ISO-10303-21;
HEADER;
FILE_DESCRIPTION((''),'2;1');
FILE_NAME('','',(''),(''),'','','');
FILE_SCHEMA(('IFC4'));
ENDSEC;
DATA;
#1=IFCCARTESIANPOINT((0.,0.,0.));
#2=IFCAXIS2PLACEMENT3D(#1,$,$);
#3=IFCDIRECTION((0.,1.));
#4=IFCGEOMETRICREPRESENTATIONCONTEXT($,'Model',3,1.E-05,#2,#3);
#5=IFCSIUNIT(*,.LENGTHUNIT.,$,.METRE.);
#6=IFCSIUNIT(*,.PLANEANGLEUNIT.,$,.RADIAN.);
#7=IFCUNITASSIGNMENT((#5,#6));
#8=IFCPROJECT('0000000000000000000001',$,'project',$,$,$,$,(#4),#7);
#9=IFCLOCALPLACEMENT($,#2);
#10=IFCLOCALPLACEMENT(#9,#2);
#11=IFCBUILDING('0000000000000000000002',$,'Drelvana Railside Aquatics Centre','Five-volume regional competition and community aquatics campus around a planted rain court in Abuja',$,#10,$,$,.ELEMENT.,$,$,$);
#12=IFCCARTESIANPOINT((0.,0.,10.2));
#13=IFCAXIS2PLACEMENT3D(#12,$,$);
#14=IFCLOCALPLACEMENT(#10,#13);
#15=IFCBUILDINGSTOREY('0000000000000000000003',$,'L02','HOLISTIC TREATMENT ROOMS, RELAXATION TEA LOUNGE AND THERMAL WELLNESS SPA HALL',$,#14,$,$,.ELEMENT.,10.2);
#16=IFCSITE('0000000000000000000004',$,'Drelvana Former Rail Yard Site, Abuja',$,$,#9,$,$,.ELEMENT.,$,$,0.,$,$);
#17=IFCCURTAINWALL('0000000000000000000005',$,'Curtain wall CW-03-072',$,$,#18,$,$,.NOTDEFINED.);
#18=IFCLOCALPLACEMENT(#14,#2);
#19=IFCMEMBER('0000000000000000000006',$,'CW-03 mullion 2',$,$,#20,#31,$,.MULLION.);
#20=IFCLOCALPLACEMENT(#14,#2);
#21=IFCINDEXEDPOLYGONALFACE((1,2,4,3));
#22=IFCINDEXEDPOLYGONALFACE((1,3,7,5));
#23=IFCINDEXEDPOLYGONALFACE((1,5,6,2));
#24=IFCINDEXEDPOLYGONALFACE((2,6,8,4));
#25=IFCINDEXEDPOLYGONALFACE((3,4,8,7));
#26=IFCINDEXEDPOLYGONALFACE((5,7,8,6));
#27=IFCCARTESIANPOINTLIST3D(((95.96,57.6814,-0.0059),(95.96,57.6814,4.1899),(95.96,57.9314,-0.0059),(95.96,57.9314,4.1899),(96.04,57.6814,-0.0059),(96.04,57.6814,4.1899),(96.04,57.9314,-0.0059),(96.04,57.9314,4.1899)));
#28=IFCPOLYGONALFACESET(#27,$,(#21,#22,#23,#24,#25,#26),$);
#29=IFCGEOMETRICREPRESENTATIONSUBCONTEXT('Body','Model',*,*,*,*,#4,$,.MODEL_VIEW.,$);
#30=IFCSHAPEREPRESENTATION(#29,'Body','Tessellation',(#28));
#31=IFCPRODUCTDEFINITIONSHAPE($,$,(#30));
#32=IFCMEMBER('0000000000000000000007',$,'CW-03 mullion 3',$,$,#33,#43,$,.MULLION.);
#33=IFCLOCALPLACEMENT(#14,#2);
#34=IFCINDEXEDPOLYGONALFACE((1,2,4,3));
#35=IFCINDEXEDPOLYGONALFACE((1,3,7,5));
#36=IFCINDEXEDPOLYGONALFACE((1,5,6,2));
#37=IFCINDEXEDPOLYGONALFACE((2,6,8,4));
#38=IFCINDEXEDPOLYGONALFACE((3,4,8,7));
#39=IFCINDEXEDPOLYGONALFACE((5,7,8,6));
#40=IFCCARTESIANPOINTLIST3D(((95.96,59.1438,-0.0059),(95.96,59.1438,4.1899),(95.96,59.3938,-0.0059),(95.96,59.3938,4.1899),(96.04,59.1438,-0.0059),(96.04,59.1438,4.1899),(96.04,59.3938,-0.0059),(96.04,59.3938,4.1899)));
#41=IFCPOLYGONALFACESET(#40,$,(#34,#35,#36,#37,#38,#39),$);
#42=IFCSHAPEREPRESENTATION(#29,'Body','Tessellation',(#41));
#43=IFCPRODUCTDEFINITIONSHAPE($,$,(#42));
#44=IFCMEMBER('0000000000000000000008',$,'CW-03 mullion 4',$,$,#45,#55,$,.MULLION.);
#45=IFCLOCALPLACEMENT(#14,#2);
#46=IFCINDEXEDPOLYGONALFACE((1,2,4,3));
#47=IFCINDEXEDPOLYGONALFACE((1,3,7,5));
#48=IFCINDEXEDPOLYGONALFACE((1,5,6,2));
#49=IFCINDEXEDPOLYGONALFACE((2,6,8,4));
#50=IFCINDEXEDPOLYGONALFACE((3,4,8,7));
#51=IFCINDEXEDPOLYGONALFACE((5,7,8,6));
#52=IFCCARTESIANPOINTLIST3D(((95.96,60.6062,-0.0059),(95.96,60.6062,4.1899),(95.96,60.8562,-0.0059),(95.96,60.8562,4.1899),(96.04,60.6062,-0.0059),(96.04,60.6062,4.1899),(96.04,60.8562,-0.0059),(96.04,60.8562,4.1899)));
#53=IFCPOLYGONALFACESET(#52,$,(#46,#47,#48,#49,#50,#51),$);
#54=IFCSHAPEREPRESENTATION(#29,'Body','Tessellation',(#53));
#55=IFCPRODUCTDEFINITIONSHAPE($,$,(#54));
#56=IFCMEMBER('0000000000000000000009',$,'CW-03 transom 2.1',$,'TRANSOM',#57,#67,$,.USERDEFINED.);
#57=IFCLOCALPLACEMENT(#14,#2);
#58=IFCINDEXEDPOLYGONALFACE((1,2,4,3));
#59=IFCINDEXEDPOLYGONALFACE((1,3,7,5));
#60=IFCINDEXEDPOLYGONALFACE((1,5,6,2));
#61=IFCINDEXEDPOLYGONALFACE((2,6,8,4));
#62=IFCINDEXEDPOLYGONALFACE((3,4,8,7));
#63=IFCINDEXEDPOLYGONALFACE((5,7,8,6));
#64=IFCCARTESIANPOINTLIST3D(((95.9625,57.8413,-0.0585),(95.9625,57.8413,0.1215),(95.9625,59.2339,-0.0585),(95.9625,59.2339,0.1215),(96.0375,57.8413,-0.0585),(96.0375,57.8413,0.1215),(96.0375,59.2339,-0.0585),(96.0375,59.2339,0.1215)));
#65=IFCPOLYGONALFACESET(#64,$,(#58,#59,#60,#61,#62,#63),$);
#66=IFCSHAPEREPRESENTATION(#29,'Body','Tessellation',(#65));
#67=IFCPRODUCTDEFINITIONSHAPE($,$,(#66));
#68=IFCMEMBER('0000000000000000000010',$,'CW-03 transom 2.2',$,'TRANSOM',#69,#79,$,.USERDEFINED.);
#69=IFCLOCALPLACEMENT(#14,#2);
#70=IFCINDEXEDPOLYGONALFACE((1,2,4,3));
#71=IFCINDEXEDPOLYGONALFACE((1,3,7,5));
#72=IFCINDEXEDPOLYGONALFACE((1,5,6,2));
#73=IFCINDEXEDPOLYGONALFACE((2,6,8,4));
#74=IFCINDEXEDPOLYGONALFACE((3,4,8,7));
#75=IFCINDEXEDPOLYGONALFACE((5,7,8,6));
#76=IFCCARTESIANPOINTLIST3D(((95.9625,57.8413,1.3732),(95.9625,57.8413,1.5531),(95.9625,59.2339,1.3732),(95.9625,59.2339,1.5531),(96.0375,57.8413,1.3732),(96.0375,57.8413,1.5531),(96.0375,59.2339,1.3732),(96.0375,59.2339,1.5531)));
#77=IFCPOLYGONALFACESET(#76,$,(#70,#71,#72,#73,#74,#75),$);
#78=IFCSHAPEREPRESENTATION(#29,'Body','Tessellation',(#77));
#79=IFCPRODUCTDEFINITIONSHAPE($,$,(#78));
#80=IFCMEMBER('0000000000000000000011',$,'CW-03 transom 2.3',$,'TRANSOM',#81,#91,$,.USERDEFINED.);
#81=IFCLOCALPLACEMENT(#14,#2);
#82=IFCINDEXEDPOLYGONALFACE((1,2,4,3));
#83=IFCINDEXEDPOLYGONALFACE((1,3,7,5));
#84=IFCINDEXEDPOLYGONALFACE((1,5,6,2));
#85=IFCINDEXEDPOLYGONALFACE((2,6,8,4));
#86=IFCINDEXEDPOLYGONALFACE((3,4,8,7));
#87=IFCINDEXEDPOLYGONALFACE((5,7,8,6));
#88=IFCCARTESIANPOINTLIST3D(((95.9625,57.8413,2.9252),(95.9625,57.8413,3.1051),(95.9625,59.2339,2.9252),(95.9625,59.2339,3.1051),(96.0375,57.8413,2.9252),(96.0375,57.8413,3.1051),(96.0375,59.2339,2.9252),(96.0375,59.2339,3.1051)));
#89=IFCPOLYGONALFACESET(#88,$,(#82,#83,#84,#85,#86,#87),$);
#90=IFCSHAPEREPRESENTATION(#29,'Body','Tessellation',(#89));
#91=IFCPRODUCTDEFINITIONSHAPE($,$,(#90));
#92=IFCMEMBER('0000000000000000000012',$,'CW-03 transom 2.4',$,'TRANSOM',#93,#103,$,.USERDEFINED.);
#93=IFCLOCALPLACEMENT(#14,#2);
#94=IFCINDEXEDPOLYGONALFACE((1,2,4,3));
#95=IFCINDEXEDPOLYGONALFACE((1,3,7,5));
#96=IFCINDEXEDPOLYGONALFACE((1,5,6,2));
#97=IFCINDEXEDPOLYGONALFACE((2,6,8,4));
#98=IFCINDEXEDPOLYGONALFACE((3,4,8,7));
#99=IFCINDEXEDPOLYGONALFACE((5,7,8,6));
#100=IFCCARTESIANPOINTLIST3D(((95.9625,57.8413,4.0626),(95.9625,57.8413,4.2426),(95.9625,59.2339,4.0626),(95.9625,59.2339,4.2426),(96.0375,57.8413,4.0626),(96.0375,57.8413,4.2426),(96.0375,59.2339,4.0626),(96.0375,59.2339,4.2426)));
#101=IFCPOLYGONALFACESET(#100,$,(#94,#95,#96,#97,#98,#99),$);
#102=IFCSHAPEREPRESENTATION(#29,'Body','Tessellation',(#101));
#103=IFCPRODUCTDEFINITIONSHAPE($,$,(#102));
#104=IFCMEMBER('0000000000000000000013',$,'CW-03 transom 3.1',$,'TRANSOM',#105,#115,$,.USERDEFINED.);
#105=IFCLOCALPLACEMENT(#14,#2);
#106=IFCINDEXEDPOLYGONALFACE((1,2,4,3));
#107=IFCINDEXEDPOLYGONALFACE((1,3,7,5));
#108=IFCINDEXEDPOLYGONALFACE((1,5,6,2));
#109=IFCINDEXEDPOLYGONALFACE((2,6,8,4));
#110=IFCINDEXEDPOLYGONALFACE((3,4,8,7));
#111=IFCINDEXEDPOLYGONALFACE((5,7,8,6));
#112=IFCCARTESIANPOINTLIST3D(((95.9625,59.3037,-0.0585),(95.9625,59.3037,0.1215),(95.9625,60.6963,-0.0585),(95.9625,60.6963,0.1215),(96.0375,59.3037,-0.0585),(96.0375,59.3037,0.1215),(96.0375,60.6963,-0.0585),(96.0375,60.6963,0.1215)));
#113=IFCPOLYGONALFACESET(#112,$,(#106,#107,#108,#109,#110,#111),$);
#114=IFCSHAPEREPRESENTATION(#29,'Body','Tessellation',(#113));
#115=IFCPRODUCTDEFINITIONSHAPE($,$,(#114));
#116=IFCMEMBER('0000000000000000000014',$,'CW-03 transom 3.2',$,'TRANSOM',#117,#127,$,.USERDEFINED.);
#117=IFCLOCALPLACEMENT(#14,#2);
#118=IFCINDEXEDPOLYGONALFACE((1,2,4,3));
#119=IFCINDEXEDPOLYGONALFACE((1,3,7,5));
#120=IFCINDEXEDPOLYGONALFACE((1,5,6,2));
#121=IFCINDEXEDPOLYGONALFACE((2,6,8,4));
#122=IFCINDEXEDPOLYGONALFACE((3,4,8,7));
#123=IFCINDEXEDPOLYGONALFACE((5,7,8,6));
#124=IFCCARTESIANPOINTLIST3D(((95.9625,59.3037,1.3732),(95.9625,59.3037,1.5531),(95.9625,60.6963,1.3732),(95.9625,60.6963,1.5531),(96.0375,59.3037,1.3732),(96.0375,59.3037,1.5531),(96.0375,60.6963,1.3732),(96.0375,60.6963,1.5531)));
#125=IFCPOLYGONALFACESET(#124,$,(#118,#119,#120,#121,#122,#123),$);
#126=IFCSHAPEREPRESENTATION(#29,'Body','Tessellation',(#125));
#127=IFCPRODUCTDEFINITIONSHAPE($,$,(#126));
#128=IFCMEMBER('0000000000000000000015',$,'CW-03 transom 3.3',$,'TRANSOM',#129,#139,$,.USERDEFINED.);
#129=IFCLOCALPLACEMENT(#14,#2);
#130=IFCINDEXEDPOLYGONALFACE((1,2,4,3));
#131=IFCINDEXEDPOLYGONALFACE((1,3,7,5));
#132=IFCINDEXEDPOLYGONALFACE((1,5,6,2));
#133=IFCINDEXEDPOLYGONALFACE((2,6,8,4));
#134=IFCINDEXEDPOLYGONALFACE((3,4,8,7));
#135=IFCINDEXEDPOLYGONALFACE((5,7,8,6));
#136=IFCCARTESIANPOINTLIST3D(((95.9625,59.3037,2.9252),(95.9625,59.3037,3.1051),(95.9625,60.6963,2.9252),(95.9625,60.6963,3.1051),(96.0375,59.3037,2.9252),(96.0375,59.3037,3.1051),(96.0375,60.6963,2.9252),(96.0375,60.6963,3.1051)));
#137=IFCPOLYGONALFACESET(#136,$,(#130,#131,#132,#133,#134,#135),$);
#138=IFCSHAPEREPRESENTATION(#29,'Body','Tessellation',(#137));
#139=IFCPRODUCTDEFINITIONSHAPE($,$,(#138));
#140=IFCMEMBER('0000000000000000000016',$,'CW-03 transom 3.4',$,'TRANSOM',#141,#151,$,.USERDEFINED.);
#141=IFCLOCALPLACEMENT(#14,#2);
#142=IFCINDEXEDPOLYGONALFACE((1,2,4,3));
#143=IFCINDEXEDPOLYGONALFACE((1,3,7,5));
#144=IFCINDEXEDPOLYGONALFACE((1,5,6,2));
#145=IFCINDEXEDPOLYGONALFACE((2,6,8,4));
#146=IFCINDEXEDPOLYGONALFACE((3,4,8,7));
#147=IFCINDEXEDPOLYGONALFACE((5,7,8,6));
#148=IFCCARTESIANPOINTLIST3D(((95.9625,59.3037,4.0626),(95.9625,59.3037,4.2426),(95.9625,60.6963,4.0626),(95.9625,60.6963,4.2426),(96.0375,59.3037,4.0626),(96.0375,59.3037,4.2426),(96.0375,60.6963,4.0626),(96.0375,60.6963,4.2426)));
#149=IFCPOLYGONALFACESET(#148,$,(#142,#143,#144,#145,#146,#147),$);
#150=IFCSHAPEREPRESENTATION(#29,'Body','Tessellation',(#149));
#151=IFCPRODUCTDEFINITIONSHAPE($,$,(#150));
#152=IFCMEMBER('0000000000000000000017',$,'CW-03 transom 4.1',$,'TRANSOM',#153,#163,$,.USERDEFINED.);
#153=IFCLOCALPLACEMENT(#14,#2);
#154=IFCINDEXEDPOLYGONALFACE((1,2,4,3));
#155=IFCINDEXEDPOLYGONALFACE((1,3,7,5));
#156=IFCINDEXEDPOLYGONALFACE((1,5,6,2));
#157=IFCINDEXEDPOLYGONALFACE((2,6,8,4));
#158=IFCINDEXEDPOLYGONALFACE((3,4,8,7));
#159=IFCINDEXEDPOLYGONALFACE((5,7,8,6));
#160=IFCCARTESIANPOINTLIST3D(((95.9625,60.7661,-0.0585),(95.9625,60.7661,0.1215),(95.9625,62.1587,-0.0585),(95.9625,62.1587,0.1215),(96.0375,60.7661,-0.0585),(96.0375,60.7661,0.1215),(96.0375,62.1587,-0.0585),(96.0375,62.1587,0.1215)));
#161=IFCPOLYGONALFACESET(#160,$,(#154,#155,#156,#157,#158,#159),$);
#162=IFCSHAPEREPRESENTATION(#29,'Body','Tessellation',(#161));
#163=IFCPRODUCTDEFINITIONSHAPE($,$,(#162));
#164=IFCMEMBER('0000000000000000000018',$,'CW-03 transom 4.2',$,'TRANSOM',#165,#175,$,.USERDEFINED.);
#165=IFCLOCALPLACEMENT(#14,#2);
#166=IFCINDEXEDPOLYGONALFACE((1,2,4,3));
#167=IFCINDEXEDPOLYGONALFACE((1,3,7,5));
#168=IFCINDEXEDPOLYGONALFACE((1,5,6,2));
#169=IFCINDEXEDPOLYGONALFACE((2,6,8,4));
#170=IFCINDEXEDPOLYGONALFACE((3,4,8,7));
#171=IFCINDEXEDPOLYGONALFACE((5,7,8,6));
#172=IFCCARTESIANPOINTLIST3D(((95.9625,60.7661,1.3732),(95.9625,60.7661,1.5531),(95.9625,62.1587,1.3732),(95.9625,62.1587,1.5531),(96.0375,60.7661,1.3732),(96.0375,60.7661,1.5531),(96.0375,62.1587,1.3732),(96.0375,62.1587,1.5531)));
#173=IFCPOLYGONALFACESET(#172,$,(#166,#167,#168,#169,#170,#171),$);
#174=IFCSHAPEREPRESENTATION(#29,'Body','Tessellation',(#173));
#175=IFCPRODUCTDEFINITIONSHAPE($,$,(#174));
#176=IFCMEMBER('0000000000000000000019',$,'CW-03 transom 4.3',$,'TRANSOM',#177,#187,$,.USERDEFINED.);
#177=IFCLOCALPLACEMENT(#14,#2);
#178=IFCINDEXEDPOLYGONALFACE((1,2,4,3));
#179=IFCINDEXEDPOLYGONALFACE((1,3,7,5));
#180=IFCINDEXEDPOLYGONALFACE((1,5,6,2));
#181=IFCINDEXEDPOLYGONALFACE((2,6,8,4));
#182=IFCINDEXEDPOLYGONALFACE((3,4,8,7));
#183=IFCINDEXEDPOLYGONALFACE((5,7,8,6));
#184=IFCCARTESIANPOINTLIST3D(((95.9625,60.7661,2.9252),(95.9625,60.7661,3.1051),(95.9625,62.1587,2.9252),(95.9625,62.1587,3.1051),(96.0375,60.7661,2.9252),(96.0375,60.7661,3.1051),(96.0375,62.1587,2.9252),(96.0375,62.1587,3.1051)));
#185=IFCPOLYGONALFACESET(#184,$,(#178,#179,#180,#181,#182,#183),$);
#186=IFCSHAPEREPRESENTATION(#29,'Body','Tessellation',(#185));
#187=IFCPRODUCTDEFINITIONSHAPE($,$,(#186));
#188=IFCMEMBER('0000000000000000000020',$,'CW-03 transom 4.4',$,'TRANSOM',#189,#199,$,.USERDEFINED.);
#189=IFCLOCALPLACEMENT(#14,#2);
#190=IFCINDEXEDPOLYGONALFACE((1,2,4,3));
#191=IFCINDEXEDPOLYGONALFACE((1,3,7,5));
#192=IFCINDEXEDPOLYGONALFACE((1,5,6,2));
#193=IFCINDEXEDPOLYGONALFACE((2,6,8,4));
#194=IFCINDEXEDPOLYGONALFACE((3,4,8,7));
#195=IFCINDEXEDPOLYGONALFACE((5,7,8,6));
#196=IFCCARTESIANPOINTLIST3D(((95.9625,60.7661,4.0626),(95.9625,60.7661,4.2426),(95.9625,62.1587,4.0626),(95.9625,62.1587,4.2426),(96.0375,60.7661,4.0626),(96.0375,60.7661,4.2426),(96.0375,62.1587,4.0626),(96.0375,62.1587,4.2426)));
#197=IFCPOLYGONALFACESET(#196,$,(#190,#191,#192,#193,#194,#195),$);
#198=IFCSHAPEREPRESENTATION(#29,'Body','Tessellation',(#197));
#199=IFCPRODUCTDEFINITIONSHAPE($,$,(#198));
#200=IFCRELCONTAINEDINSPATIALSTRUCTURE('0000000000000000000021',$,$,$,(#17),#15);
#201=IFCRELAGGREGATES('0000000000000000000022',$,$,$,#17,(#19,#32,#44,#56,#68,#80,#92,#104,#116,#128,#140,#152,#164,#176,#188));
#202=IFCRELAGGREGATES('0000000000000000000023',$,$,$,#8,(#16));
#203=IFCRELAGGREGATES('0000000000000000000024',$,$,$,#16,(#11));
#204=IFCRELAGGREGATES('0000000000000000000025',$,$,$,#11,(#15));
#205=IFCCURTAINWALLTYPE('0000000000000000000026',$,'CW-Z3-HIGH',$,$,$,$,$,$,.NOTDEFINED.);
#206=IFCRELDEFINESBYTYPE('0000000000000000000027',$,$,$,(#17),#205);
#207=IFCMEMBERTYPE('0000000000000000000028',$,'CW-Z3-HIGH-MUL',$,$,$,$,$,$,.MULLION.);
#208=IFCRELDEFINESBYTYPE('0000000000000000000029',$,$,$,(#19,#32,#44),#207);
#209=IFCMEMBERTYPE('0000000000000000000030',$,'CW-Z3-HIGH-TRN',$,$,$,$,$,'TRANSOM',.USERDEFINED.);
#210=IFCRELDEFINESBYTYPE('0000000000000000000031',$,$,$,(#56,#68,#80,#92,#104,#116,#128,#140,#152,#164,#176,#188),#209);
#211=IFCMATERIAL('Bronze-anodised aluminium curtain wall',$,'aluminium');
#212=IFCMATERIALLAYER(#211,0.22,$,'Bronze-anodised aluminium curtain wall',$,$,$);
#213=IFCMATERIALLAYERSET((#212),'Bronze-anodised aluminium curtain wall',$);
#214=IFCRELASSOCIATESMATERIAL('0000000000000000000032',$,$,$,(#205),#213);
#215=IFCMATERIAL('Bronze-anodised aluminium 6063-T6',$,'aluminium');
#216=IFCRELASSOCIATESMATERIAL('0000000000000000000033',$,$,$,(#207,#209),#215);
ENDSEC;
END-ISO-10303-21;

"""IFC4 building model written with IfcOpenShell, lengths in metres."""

from ifc_helpers import new_model, si_unit, direction, frame, origin, origin_2d, place, context, subcontext, project, spatial, rectangle, extrude, material, layer, layer_set, material_profile, profile_set, type_object, element, aggregate, save


model = new_model("IFC4")

# Units and contexts
model_context = context("Model", 3, precision=1e-05, world=origin(), true_north=direction((0.0, 1.0)))
body_context = subcontext(model_context, "Body", "Model", "MODEL_VIEW")
ifc_project = project(units=[si_unit("LENGTHUNIT", "METRE"), si_unit("PLANEANGLEUNIT", "RADIAN")], contexts=[model_context])

# Site, building, storey
site_placement = place(None, origin())
site = spatial("IfcSite", under=ifc_project, at=site_placement, Name="Drelvana Former Rail Yard Site, Abuja", CompositionType="ELEMENT", RefElevation=0.0)
building_placement = place(site_placement, origin())
building = spatial("IfcBuilding", under=site, at=building_placement, Name="Drelvana Railside Aquatics Centre", Description="Five-volume regional competition and community aquatics campus around a planted rain court in Abuja", CompositionType="ELEMENT")
storey_placement = place(building_placement, frame((0.0, 0.0, 10.2)))
storey = spatial("IfcBuildingStorey", under=building, at=storey_placement, Name="L02", Description="HOLISTIC TREATMENT ROOMS, RELAXATION TEA LOUNGE AND THERMAL WELLNESS SPA HALL", CompositionType="ELEMENT", Elevation=10.2)

# Curtain wall, members
ifc_material_1 = material(Name="Bronze-anodised aluminium curtain wall", Category="aluminium")
ifc_layer_1 = layer(ifc_material_1, 0.22, Name="Bronze-anodised aluminium curtain wall")
ifc_layer_set_1 = layer_set([ifc_layer_1], Name="Bronze-anodised aluminium curtain wall")
curtain_wall_type = type_object("IfcCurtainWallType", Name="CW-Z3-HIGH", PredefinedType="NOTDEFINED", material=ifc_layer_set_1)
curtain_wall_placement = place(storey_placement, origin())
curtain_wall = element("IfcCurtainWall", 1, at=curtain_wall_placement, inside=storey, type_object=curtain_wall_type, Name="Curtain wall CW-03-072", PredefinedType="NOTDEFINED")
ifc_material_2 = material(Name="Bronze-anodised aluminium 6063-T6", Category="aluminium")
ifc_material_profile_1 = material_profile(ifc_material_2, rectangle(XDim=0.0801, YDim=0.25, at=origin_2d()), Name="ALU-M 80x250")
ifc_profile_set_1 = profile_set([ifc_material_profile_1], Name="Bronze-anodised aluminium 6063-T6")
member_type_1 = type_object("IfcMemberType", Name="CW-Z3-HIGH-MUL", PredefinedType="MULLION", material=ifc_profile_set_1)
member_1_placement = place(storey_placement, frame((96.0, 57.8064, -0.0059), z_axis=(0.0, 0.0, 1.0), x_axis=(-1.0, 0.0, 0.0)))
member_1 = element("IfcMember", 2, at=member_1_placement, type_object=member_type_1, Name="CW-03 mullion 2", PredefinedType="MULLION", context=body_context, shape_type="SweptSolid", body=[
    extrude(rectangle(XDim=0.0801, YDim=0.25, at=origin_2d()), origin(), (0.0, 0.0, 1.0), 4.1958),
])
member_2_placement = place(storey_placement, frame((96.0, 59.2688, -0.0059), z_axis=(0.0, 0.0, 1.0), x_axis=(-1.0, 0.0, 0.0)))
member_2 = element("IfcMember", 3, at=member_2_placement, type_object=member_type_1, Name="CW-03 mullion 3", PredefinedType="MULLION", context=body_context, shape_type="SweptSolid", body=[
    extrude(rectangle(XDim=0.0801, YDim=0.25, at=origin_2d()), origin(), (0.0, 0.0, 1.0), 4.1958),
])
member_3_placement = place(storey_placement, frame((96.0, 60.7312, -0.0059), z_axis=(0.0, 0.0, 1.0), x_axis=(-1.0, 0.0, 0.0)))
member_3 = element("IfcMember", 4, at=member_3_placement, type_object=member_type_1, Name="CW-03 mullion 4", PredefinedType="MULLION", context=body_context, shape_type="SweptSolid", body=[
    extrude(rectangle(XDim=0.0801, YDim=0.25, at=origin_2d()), origin(), (0.0, 0.0, 1.0), 4.1958),
])
ifc_material_profile_2 = material_profile(ifc_material_2, rectangle(XDim=0.1799, YDim=0.075, at=origin_2d()), Name="ALU-T 75x180")
ifc_profile_set_2 = profile_set([ifc_material_profile_2], Name="Bronze-anodised aluminium 6063-T6")
member_type_2 = type_object("IfcMemberType", Name="CW-Z3-HIGH-TRN", ElementType="TRANSOM", PredefinedType="USERDEFINED", material=ifc_profile_set_2)
member_4_placement = place(storey_placement, frame((96.0, 57.8413, 0.0315), z_axis=(0.0, 1.0, 0.0), x_axis=(0.0, 0.0, 1.0)))
member_4 = element("IfcMember", 5, at=member_4_placement, type_object=member_type_2, Name="CW-03 transom 2.1", ObjectType="TRANSOM", PredefinedType="USERDEFINED", context=body_context, shape_type="SweptSolid", body=[
    extrude(rectangle(XDim=0.1799, YDim=0.075, at=origin_2d()), origin(), (0.0, 0.0, 1.0), 1.3926),
])
member_5_placement = place(storey_placement, frame((96.0, 57.8413, 1.4631), z_axis=(0.0, 1.0, 0.0), x_axis=(0.0, 0.0, 1.0)))
member_5 = element("IfcMember", 6, at=member_5_placement, type_object=member_type_2, Name="CW-03 transom 2.2", ObjectType="TRANSOM", PredefinedType="USERDEFINED", context=body_context, shape_type="SweptSolid", body=[
    extrude(rectangle(XDim=0.1799, YDim=0.075, at=origin_2d()), origin(), (0.0, 0.0, 1.0), 1.3926),
])
member_6_placement = place(storey_placement, frame((96.0, 57.8413, 3.0151), z_axis=(0.0, 1.0, 0.0), x_axis=(0.0, 0.0, 1.0)))
member_6 = element("IfcMember", 7, at=member_6_placement, type_object=member_type_2, Name="CW-03 transom 2.3", ObjectType="TRANSOM", PredefinedType="USERDEFINED", context=body_context, shape_type="SweptSolid", body=[
    extrude(rectangle(XDim=0.1799, YDim=0.075, at=origin_2d()), origin(), (0.0, 0.0, 1.0), 1.3926),
])
member_7_placement = place(storey_placement, frame((96.0, 57.8413, 4.1526), z_axis=(0.0, 1.0, 0.0), x_axis=(0.0, 0.0, 1.0)))
member_7 = element("IfcMember", 8, at=member_7_placement, type_object=member_type_2, Name="CW-03 transom 2.4", ObjectType="TRANSOM", PredefinedType="USERDEFINED", context=body_context, shape_type="SweptSolid", body=[
    extrude(rectangle(XDim=0.1799, YDim=0.075, at=origin_2d()), origin(), (0.0, 0.0, 1.0), 1.3926),
])
member_8_placement = place(storey_placement, frame((96.0, 59.3037, 0.0315), z_axis=(0.0, 1.0, 0.0), x_axis=(0.0, 0.0, 1.0)))
member_8 = element("IfcMember", 9, at=member_8_placement, type_object=member_type_2, Name="CW-03 transom 3.1", ObjectType="TRANSOM", PredefinedType="USERDEFINED", context=body_context, shape_type="SweptSolid", body=[
    extrude(rectangle(XDim=0.1799, YDim=0.075, at=origin_2d()), origin(), (0.0, 0.0, 1.0), 1.3926),
])
member_9_placement = place(storey_placement, frame((96.0, 59.3037, 1.4631), z_axis=(0.0, 1.0, 0.0), x_axis=(0.0, 0.0, 1.0)))
member_9 = element("IfcMember", 10, at=member_9_placement, type_object=member_type_2, Name="CW-03 transom 3.2", ObjectType="TRANSOM", PredefinedType="USERDEFINED", context=body_context, shape_type="SweptSolid", body=[
    extrude(rectangle(XDim=0.1799, YDim=0.075, at=origin_2d()), origin(), (0.0, 0.0, 1.0), 1.3926),
])
member_10_placement = place(storey_placement, frame((96.0, 59.3037, 3.0151), z_axis=(0.0, 1.0, 0.0), x_axis=(0.0, 0.0, 1.0)))
member_10 = element("IfcMember", 11, at=member_10_placement, type_object=member_type_2, Name="CW-03 transom 3.3", ObjectType="TRANSOM", PredefinedType="USERDEFINED", context=body_context, shape_type="SweptSolid", body=[
    extrude(rectangle(XDim=0.1799, YDim=0.075, at=origin_2d()), origin(), (0.0, 0.0, 1.0), 1.3926),
])
member_11_placement = place(storey_placement, frame((96.0, 59.3037, 4.1526), z_axis=(0.0, 1.0, 0.0), x_axis=(0.0, 0.0, 1.0)))
member_11 = element("IfcMember", 12, at=member_11_placement, type_object=member_type_2, Name="CW-03 transom 3.4", ObjectType="TRANSOM", PredefinedType="USERDEFINED", context=body_context, shape_type="SweptSolid", body=[
    extrude(rectangle(XDim=0.1799, YDim=0.075, at=origin_2d()), origin(), (0.0, 0.0, 1.0), 1.3926),
])
member_12_placement = place(storey_placement, frame((96.0, 60.7661, 0.0315), z_axis=(0.0, 1.0, 0.0), x_axis=(0.0, 0.0, 1.0)))
member_12 = element("IfcMember", 13, at=member_12_placement, type_object=member_type_2, Name="CW-03 transom 4.1", ObjectType="TRANSOM", PredefinedType="USERDEFINED", context=body_context, shape_type="SweptSolid", body=[
    extrude(rectangle(XDim=0.1799, YDim=0.075, at=origin_2d()), origin(), (0.0, 0.0, 1.0), 1.3926),
])
member_13_placement = place(storey_placement, frame((96.0, 60.7661, 1.4631), z_axis=(0.0, 1.0, 0.0), x_axis=(0.0, 0.0, 1.0)))
member_13 = element("IfcMember", 14, at=member_13_placement, type_object=member_type_2, Name="CW-03 transom 4.2", ObjectType="TRANSOM", PredefinedType="USERDEFINED", context=body_context, shape_type="SweptSolid", body=[
    extrude(rectangle(XDim=0.1799, YDim=0.075, at=origin_2d()), origin(), (0.0, 0.0, 1.0), 1.3926),
])
member_14_placement = place(storey_placement, frame((96.0, 60.7661, 3.0151), z_axis=(0.0, 1.0, 0.0), x_axis=(0.0, 0.0, 1.0)))
member_14 = element("IfcMember", 15, at=member_14_placement, type_object=member_type_2, Name="CW-03 transom 4.3", ObjectType="TRANSOM", PredefinedType="USERDEFINED", context=body_context, shape_type="SweptSolid", body=[
    extrude(rectangle(XDim=0.1799, YDim=0.075, at=origin_2d()), origin(), (0.0, 0.0, 1.0), 1.3926),
])
member_15_placement = place(storey_placement, frame((96.0, 60.7661, 4.1526), z_axis=(0.0, 1.0, 0.0), x_axis=(0.0, 0.0, 1.0)))
member_15 = element("IfcMember", 16, at=member_15_placement, type_object=member_type_2, Name="CW-03 transom 4.4", ObjectType="TRANSOM", PredefinedType="USERDEFINED", context=body_context, shape_type="SweptSolid", body=[
    extrude(rectangle(XDim=0.1799, YDim=0.075, at=origin_2d()), origin(), (0.0, 0.0, 1.0), 1.3926),
])
aggregate(curtain_wall, [member_1, member_2, member_3, member_4, member_5, member_6, member_7, member_8, member_9, member_10, member_11, member_12, member_13, member_14, member_15])

save(model, "model.ifc")
